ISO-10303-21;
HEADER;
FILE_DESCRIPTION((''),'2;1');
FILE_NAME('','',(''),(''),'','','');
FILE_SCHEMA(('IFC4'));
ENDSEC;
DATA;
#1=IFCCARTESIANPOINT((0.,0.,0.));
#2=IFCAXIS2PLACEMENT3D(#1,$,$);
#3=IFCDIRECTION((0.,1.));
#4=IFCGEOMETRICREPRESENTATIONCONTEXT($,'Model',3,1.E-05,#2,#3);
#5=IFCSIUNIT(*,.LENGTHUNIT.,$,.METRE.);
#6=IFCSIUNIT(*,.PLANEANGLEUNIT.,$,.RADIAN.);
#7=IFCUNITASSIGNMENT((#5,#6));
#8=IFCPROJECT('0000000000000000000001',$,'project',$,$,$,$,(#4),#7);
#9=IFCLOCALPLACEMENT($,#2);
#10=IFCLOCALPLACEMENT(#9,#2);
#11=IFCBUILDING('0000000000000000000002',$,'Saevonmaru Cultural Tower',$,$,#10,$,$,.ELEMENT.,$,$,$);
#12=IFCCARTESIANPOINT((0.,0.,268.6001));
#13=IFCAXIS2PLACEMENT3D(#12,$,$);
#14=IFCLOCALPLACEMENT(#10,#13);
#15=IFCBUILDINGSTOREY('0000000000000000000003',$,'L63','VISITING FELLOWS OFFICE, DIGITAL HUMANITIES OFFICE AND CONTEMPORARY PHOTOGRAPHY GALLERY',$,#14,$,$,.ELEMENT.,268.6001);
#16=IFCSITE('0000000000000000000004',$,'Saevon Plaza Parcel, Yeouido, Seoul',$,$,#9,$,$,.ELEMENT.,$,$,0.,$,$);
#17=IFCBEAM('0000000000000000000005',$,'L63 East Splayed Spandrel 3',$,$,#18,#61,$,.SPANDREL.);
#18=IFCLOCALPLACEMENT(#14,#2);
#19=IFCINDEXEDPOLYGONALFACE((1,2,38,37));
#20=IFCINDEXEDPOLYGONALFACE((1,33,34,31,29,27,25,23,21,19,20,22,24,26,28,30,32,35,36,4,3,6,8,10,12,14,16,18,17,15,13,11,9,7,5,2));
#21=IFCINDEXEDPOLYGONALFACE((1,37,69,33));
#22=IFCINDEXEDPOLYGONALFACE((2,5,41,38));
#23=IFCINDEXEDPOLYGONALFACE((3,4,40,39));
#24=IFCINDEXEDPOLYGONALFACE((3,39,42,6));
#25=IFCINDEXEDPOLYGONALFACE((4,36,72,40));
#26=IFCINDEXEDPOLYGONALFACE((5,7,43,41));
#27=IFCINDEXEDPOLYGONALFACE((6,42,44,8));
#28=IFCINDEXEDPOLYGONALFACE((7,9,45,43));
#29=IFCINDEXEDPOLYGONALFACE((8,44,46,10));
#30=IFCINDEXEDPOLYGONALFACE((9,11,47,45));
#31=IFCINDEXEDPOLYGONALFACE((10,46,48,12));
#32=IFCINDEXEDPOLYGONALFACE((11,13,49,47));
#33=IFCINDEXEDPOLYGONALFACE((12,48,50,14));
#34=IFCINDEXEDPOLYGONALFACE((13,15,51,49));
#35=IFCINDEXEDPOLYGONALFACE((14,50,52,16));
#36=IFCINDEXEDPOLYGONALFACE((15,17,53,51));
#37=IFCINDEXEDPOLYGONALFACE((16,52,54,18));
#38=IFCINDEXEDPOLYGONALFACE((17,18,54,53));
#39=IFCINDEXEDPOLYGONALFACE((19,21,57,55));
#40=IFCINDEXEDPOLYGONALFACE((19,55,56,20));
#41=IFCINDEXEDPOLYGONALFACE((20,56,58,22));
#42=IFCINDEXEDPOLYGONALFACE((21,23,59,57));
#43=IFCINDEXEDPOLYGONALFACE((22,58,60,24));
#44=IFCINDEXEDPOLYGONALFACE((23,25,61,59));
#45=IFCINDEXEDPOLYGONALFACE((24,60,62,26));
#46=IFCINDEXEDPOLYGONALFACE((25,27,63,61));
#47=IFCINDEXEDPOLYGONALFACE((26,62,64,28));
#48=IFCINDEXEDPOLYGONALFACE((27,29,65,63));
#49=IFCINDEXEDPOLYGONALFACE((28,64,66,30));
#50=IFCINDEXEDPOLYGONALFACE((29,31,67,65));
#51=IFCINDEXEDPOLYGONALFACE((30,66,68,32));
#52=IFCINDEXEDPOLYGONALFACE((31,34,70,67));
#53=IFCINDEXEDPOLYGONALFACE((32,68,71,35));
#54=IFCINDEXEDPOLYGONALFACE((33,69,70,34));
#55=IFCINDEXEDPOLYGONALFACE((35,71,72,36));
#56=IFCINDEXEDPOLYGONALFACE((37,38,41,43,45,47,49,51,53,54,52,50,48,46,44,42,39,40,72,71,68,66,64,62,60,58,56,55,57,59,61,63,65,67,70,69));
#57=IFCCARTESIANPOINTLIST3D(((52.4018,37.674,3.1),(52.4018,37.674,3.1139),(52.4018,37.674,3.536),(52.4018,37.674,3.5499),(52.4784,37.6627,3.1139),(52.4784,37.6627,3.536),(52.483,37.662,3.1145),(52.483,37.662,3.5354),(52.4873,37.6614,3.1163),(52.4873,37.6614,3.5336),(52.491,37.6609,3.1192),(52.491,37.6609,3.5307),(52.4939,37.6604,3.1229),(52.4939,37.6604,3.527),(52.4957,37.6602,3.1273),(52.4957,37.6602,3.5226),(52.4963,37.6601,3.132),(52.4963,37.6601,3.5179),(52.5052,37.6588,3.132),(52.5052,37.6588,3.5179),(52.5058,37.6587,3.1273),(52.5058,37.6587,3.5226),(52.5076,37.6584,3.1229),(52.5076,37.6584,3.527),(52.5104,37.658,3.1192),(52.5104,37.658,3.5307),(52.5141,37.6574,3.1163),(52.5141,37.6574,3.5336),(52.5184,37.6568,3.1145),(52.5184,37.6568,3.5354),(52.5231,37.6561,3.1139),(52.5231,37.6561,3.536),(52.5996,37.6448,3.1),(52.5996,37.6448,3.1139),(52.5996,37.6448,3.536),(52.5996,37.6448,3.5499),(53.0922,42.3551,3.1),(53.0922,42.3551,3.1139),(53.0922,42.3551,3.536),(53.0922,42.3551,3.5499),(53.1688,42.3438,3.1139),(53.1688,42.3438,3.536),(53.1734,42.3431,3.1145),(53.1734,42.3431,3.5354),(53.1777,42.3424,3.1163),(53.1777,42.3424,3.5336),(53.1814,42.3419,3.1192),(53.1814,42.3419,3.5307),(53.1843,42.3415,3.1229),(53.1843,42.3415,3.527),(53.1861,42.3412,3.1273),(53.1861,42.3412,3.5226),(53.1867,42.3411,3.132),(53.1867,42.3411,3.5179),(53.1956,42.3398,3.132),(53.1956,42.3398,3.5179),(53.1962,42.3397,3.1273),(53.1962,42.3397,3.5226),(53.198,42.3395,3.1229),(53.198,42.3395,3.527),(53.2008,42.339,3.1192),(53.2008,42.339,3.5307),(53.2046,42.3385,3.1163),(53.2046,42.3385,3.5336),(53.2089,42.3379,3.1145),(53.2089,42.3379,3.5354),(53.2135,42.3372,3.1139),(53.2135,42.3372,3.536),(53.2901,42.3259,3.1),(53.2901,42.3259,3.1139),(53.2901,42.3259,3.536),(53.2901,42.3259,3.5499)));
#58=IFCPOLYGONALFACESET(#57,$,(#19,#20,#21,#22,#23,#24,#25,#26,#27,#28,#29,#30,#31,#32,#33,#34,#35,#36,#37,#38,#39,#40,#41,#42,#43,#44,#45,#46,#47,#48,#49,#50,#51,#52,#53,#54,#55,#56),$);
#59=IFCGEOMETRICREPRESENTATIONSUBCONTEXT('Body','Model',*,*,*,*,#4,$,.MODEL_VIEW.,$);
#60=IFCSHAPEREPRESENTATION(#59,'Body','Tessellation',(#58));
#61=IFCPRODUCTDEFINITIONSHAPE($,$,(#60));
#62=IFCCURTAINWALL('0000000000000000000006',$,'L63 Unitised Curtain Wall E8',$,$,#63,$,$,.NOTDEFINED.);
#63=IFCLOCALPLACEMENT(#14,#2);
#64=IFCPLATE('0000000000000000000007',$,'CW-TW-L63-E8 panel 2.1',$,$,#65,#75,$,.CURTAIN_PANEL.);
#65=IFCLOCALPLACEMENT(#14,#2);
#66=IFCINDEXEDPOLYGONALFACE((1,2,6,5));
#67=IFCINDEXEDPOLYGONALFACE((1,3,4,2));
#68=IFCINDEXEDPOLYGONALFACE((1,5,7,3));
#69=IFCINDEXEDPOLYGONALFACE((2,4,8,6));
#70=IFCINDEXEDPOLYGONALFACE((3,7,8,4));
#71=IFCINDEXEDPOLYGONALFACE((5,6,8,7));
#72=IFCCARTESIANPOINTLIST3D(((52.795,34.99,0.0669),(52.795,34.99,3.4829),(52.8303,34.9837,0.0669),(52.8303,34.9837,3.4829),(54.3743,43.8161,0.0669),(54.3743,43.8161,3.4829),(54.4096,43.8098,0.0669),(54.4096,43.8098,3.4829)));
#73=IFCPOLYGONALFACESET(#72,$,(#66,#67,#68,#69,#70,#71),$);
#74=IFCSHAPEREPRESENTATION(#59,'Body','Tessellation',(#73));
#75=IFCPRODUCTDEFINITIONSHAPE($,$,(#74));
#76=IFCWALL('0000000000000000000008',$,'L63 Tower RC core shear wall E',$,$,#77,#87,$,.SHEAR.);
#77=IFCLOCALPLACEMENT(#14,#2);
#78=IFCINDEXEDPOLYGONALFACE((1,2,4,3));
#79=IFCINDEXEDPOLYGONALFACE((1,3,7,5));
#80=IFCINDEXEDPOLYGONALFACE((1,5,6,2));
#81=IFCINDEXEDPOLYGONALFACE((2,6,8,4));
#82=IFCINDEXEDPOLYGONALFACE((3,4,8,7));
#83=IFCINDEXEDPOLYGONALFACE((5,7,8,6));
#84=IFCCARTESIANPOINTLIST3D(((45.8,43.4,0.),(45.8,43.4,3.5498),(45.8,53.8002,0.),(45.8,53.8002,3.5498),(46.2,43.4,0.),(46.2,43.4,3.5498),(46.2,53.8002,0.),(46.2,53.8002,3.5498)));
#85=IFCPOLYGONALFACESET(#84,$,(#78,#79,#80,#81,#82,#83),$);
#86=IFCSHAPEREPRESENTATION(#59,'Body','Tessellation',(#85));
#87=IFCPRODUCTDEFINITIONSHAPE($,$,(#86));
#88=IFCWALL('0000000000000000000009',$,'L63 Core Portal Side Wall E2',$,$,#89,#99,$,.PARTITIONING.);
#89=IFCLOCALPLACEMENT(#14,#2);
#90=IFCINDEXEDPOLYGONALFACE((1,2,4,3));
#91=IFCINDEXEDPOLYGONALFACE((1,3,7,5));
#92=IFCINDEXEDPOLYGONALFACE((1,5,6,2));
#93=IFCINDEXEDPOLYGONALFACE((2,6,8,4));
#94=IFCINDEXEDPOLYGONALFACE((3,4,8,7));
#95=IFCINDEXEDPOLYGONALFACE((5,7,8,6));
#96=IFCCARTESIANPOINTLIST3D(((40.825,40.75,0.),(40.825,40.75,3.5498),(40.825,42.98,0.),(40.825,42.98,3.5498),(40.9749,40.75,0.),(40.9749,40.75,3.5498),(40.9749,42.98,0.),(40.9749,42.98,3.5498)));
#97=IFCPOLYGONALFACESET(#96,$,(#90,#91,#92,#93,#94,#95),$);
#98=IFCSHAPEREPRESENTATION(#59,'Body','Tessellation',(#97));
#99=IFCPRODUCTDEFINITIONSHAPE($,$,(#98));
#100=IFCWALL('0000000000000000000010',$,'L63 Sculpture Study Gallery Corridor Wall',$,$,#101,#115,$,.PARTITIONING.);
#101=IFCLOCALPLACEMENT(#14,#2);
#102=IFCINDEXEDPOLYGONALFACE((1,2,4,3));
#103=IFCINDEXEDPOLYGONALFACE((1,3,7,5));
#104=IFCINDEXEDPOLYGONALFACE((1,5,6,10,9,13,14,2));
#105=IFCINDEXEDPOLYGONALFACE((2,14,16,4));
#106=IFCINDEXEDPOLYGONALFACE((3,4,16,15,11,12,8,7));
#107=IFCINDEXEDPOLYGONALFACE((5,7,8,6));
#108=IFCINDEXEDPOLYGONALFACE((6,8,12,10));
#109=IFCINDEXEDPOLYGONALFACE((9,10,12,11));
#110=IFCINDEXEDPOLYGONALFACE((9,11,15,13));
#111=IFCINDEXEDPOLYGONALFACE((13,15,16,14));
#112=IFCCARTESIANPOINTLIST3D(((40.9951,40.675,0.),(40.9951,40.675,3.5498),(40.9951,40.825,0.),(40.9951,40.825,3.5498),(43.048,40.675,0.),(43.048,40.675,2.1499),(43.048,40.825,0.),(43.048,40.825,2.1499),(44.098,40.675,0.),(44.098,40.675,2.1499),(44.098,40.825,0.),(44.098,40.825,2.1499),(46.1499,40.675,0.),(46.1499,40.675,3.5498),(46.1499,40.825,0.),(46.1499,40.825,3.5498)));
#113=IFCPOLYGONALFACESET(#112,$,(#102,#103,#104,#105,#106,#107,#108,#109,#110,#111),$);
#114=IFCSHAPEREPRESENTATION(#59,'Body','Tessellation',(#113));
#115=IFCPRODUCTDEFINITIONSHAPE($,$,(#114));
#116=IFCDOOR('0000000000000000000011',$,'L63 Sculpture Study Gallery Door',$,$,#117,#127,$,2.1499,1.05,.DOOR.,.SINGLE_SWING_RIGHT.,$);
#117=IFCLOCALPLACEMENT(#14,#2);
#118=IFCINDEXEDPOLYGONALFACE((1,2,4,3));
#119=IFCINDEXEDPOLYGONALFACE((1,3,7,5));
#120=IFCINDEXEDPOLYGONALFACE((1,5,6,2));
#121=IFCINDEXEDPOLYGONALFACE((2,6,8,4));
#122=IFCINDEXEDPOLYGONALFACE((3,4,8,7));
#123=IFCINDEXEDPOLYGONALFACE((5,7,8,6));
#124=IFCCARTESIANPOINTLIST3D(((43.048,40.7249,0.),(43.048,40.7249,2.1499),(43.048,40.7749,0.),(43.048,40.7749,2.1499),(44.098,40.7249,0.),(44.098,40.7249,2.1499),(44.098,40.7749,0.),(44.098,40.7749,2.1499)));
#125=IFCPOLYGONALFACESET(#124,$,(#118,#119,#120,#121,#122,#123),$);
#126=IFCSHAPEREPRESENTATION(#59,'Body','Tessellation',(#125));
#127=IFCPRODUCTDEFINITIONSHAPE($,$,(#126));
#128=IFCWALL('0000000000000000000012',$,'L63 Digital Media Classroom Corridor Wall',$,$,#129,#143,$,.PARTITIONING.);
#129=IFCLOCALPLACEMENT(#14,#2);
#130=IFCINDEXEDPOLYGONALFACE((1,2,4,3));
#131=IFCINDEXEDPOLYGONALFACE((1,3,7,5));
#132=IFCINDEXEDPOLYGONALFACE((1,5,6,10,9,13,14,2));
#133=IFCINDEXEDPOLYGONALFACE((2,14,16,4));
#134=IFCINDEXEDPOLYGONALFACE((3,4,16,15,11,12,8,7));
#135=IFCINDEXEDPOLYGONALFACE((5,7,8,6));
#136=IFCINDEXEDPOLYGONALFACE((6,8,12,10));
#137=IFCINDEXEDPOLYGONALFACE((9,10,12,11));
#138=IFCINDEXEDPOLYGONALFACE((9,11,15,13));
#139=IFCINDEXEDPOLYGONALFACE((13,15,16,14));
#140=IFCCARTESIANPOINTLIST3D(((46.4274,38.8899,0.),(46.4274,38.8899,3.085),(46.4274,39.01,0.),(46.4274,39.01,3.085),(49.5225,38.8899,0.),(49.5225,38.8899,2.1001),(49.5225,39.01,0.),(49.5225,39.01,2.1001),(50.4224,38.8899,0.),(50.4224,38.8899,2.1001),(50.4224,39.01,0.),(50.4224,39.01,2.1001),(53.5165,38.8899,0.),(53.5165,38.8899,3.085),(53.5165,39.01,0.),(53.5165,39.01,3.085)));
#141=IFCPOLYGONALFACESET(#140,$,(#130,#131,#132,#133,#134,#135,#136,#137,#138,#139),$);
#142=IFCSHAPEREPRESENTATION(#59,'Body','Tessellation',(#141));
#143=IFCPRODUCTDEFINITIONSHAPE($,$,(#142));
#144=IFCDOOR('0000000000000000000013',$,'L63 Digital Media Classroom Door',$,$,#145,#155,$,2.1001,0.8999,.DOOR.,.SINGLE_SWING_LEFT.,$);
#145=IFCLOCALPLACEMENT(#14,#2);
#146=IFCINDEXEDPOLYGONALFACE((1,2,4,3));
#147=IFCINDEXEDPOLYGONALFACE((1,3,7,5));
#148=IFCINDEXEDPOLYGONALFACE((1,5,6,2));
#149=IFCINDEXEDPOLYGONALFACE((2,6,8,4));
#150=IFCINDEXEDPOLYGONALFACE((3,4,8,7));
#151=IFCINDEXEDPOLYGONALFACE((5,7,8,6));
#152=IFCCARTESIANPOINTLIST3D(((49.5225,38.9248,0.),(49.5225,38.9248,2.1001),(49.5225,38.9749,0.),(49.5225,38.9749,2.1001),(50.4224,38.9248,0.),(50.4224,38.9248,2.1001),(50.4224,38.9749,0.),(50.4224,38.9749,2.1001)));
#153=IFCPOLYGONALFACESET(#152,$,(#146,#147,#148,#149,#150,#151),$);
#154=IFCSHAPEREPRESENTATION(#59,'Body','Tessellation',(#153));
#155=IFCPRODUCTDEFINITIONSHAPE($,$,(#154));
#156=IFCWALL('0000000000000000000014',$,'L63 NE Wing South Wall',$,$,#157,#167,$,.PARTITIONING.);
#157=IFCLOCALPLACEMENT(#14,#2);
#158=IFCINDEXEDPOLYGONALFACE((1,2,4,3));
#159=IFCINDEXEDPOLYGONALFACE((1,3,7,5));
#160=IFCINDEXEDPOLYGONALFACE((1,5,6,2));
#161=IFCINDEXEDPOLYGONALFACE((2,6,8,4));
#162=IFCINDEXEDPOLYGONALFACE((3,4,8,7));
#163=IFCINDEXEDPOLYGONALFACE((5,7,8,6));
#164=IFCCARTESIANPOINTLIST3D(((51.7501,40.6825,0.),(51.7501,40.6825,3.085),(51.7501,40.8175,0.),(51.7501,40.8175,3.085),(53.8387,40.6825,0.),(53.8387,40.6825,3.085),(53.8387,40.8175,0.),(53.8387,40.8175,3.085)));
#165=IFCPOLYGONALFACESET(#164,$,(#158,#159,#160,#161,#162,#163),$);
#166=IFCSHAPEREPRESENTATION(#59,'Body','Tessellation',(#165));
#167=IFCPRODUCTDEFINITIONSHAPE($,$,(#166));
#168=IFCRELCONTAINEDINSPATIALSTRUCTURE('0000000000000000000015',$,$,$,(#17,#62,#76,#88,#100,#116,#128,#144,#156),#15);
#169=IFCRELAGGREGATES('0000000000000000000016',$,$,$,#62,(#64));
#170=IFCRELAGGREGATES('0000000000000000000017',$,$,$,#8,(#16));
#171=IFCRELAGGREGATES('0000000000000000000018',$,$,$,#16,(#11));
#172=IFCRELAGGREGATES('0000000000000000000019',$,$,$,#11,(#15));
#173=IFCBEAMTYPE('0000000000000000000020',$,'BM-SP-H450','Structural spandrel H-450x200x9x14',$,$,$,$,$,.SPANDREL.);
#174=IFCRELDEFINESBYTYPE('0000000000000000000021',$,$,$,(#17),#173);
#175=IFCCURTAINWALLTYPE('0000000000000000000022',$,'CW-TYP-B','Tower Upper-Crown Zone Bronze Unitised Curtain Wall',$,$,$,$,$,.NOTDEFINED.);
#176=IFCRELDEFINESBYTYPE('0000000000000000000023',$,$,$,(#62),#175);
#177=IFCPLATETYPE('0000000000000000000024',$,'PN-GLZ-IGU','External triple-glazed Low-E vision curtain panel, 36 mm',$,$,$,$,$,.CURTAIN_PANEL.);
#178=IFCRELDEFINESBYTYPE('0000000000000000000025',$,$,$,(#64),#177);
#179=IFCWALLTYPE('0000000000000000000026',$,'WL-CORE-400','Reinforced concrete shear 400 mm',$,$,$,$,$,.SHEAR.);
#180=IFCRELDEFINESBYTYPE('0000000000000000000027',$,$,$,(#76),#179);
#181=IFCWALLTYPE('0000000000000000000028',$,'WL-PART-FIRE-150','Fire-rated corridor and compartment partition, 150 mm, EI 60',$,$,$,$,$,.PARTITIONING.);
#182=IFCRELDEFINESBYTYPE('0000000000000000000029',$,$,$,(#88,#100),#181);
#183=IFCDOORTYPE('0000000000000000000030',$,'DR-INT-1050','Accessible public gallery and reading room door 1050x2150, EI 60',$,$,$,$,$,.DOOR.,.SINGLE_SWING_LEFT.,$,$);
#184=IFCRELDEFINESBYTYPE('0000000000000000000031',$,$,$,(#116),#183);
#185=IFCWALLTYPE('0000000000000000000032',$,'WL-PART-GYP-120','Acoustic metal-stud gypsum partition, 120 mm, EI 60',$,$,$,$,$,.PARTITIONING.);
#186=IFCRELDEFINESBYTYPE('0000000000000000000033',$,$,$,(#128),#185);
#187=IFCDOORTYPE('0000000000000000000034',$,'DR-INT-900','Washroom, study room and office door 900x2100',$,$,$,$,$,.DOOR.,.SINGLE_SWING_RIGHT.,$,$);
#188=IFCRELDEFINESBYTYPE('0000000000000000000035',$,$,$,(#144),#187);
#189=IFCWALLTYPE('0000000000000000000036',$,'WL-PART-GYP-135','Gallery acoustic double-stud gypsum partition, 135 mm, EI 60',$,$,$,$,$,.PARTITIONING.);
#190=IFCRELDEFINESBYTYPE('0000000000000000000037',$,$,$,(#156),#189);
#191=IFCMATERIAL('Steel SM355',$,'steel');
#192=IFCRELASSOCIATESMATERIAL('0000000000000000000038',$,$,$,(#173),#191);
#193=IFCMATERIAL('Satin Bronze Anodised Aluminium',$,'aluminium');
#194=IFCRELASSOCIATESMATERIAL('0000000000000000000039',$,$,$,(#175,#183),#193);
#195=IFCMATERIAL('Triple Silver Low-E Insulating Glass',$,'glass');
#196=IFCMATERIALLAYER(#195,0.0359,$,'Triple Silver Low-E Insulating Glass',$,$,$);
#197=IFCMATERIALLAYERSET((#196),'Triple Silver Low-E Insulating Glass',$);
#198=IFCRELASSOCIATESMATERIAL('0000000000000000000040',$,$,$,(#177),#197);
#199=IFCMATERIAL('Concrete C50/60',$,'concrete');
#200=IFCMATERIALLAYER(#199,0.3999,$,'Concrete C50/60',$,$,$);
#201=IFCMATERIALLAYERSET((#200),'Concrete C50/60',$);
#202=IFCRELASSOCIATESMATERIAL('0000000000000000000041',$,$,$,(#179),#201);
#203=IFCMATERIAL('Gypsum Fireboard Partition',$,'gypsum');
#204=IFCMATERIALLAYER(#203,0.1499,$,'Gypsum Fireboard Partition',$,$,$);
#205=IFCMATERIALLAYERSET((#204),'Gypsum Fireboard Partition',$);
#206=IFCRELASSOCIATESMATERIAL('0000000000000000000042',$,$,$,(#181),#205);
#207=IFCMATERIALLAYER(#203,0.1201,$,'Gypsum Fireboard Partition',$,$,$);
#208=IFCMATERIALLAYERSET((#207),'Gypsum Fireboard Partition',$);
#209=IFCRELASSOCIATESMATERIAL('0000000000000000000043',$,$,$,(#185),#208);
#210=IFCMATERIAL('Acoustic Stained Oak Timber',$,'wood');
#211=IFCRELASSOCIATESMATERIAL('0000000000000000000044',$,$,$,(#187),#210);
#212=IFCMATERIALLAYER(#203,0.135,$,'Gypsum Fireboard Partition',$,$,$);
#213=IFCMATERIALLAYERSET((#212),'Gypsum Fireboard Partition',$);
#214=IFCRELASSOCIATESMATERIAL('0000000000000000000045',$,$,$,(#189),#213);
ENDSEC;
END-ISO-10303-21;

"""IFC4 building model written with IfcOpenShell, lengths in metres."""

from ifc_helpers import new_model, si_unit, direction, frame, frame_2d, origin, origin_2d, place, context, subcontext, project, spatial, rectangle, i_section, extrude, material, layer, layer_set, material_profile, profile_set, type_object, element, fill, aggregate, save


model = new_model("IFC4")

# Units and contexts
model_context = context("Model", 3, precision=1e-05, world=origin(), true_north=direction((0.0, 1.0)))
body_context = subcontext(model_context, "Body", "Model", "MODEL_VIEW")
ifc_project = project(units=[si_unit("LENGTHUNIT", "METRE"), si_unit("PLANEANGLEUNIT", "RADIAN")], contexts=[model_context])

# Site, building, storey
site_placement = place(None, origin())
site = spatial("IfcSite", under=ifc_project, at=site_placement, Name="Saevon Plaza Parcel, Yeouido, Seoul", CompositionType="ELEMENT", RefElevation=0.0)
building_placement = place(site_placement, origin())
building = spatial("IfcBuilding", under=site, at=building_placement, Name="Saevonmaru Cultural Tower", CompositionType="ELEMENT")
storey_placement = place(building_placement, frame((0.0, 0.0, 268.6001)))
storey = spatial("IfcBuildingStorey", under=building, at=storey_placement, Name="L63", Description="VISITING FELLOWS OFFICE, DIGITAL HUMANITIES OFFICE AND CONTEMPORARY PHOTOGRAPHY GALLERY", CompositionType="ELEMENT", Elevation=268.6001)

# Shared definitions
ifc_material_1 = material(Name="Steel SM355", Category="steel")

# Beam
ifc_material_profile_1 = material_profile(ifc_material_1, i_section(OverallWidth=0.2, OverallDepth=0.45, WebThickness=0.009, FlangeThickness=0.0139, FilletRadius=0.0181, at=origin_2d()), Name="H-450x200x9x14")
ifc_profile_set_1 = profile_set([ifc_material_profile_1], Name="Steel SM355")
beam_type_1 = type_object("IfcBeamType", Name="BM-SP-H450", Description="Structural spandrel H-450x200x9x14", PredefinedType="SPANDREL", material=ifc_profile_set_1)
beam_1_placement = place(storey_placement, frame((52.5007, 37.6594, 3.325), z_axis=(0.145913, 0.989297, 0.0), x_axis=(-0.989297, 0.145913, 0.0)))
element("IfcBeam", 1, at=beam_1_placement, inside=storey, type_object=beam_type_1, Name="L63 East Splayed Spandrel 3", PredefinedType="SPANDREL", context=body_context, shape_type="SweptSolid", body=[
    extrude(i_section(OverallWidth=0.2, OverallDepth=0.45, WebThickness=0.009, FlangeThickness=0.0139, FilletRadius=0.0181, at=origin_2d()), origin(), (0.0, 0.0, 1.0), 4.7317),
])

# Curtain wall, plate
ifc_material_2 = material(Name="Satin Bronze Anodised Aluminium", Category="aluminium")
curtain_wall_type = type_object("IfcCurtainWallType", Name="CW-TYP-B", Description="Tower Upper-Crown Zone Bronze Unitised Curtain Wall", PredefinedType="NOTDEFINED", material=ifc_material_2)
curtain_wall_placement = place(storey_placement, origin())
curtain_wall = element("IfcCurtainWall", 2, at=curtain_wall_placement, inside=storey, type_object=curtain_wall_type, Name="L63 Unitised Curtain Wall E8", PredefinedType="NOTDEFINED")
ifc_material_3 = material(Name="Triple Silver Low-E Insulating Glass", Category="glass")
ifc_layer_1 = layer(ifc_material_3, 0.0359, Name="Triple Silver Low-E Insulating Glass")
ifc_layer_set_1 = layer_set([ifc_layer_1], Name="Triple Silver Low-E Insulating Glass")
plate_type = type_object("IfcPlateType", Name="PN-GLZ-IGU", Description="External triple-glazed Low-E vision curtain panel, 36 mm", PredefinedType="CURTAIN_PANEL", material=ifc_layer_set_1)
plate_placement = place(storey_placement, frame((53.6023, 39.3999, 0.0669), z_axis=(0.0, 0.0, 1.0), x_axis=(0.176141, 0.984365, 0.0)))
plate = element("IfcPlate", 3, at=plate_placement, type_object=plate_type, Name="CW-TW-L63-E8 panel 2.1", PredefinedType="CURTAIN_PANEL", context=body_context, shape_type="SweptSolid", body=[
    extrude(rectangle(XDim=8.9663, YDim=0.0359, at=origin_2d()), origin(), (0.0, 0.0, 1.0), 3.416),
])
aggregate(curtain_wall, [plate])

# Wall
ifc_material_4 = material(Name="Concrete C50/60", Category="concrete")
ifc_layer_2 = layer(ifc_material_4, 0.3999, Name="Concrete C50/60")
ifc_layer_set_2 = layer_set([ifc_layer_2], Name="Concrete C50/60")
wall_type_1 = type_object("IfcWallType", Name="WL-CORE-400", Description="Reinforced concrete shear 400 mm", PredefinedType="SHEAR", material=ifc_layer_set_2)
wall_1_placement = place(storey_placement, frame((46.0, 43.3999, 0.0), z_axis=(0.0, 0.0, 1.0), x_axis=(0.0, 1.0, 0.0)))
element("IfcWall", 4, at=wall_1_placement, inside=storey, type_object=wall_type_1, Name="L63 Tower RC core shear wall E", PredefinedType="SHEAR", context=body_context, shape_type="SweptSolid", body=[
    extrude(rectangle(XDim=10.4001, YDim=0.3999, at=frame_2d((5.2002, 0.0))), origin(), (0.0, 0.0, 1.0), 3.5498),
])

# Shared definitions
ifc_material_5 = material(Name="Gypsum Fireboard Partition", Category="gypsum")
ifc_layer_3 = layer(ifc_material_5, 0.1499, Name="Gypsum Fireboard Partition")
ifc_layer_set_3 = layer_set([ifc_layer_3], Name="Gypsum Fireboard Partition")
wall_type_2 = type_object("IfcWallType", Name="WL-PART-FIRE-150", Description="Fire-rated corridor and compartment partition, 150 mm, EI 60", PredefinedType="PARTITIONING", material=ifc_layer_set_3)
door_type_1 = type_object("IfcDoorType", Name="DR-INT-1050", Description="Accessible public gallery and reading room door 1050x2150, EI 60", OperationType="SINGLE_SWING_LEFT", PredefinedType="DOOR", material=ifc_material_2)

# Wall
wall_2_placement = place(storey_placement, frame((40.8999, 40.75, 0.0), z_axis=(0.0, 0.0, 1.0), x_axis=(0.0, 1.0, 0.0)))
element("IfcWall", 5, at=wall_2_placement, inside=storey, type_object=wall_type_2, Name="L63 Core Portal Side Wall E2", PredefinedType="PARTITIONING", context=body_context, shape_type="SweptSolid", body=[
    extrude(rectangle(XDim=2.23, YDim=0.1499, at=frame_2d((1.115, 0.0))), origin(), (0.0, 0.0, 1.0), 3.5498),
])

# Walls, openings, doors
wall_3_placement = place(storey_placement, frame((40.9951, 40.75, 0.0), z_axis=(0.0, 0.0, 1.0), x_axis=(1.0, 0.0, 0.0)))
wall_3 = element("IfcWall", 6, at=wall_3_placement, inside=storey, type_object=wall_type_2, Name="L63 Sculpture Study Gallery Corridor Wall", PredefinedType="PARTITIONING", context=body_context, shape_type="SweptSolid", body=[
    extrude(rectangle(XDim=5.1548, YDim=0.1499, at=frame_2d((2.5774, 0.0))), origin(), (0.0, 0.0, 1.0), 3.5498),
])
opening_1_placement = place(wall_3_placement, frame((2.053, 0.0, 0.0)))
opening_1 = element("IfcOpeningElement", 7, at=opening_1_placement, cuts=wall_3, PredefinedType="OPENING", context=body_context, shape_type="SweptSolid", body=[
    extrude(rectangle(XDim=1.05, YDim=2.1499, at=frame_2d((0.5249, 1.075))), frame((0.0, 0.085, 0.0), z_axis=(0.0, -1.0, 0.0), x_axis=(1.0, 0.0, 0.0)), (0.0, 0.0, 1.0), 0.1699),
])
door_1_placement = place(opening_1_placement, origin())
door_1 = element("IfcDoor", 8, at=door_1_placement, inside=storey, type_object=door_type_1, Name="L63 Sculpture Study Gallery Door", OperationType="SINGLE_SWING_RIGHT", OverallHeight=2.1499, OverallWidth=1.05, PredefinedType="DOOR", context=body_context, shape_type="SweptSolid", body=[
    extrude(rectangle(XDim=1.05, YDim=2.1499, at=frame_2d((0.5249, 1.075))), frame((0.0, 0.0249, 0.0), z_axis=(0.0, -1.0, 0.0), x_axis=(1.0, 0.0, 0.0)), (0.0, 0.0, 1.0), 0.05),
])
fill(opening_1, door_1)
ifc_layer_4 = layer(ifc_material_5, 0.1201, Name="Gypsum Fireboard Partition")
ifc_layer_set_4 = layer_set([ifc_layer_4], Name="Gypsum Fireboard Partition")
wall_type_3 = type_object("IfcWallType", Name="WL-PART-GYP-120", Description="Acoustic metal-stud gypsum partition, 120 mm, EI 60", PredefinedType="PARTITIONING", material=ifc_layer_set_4)
wall_4_placement = place(storey_placement, frame((46.4275, 38.95, 0.0), z_axis=(0.0, 0.0, 1.0), x_axis=(1.0, 0.0, 0.0)))
wall_4 = element("IfcWall", 9, at=wall_4_placement, inside=storey, type_object=wall_type_3, Name="L63 Digital Media Classroom Corridor Wall", PredefinedType="PARTITIONING", context=body_context, shape_type="SweptSolid", body=[
    extrude(rectangle(XDim=7.0891, YDim=0.1201, at=frame_2d((3.5444, 0.0))), origin(), (0.0, 0.0, 1.0), 3.085),
])
opening_2_placement = place(wall_4_placement, frame((3.095, 0.0, 0.0)))
opening_2 = element("IfcOpeningElement", 10, at=opening_2_placement, cuts=wall_4, PredefinedType="OPENING", context=body_context, shape_type="SweptSolid", body=[
    extrude(rectangle(XDim=0.8999, YDim=2.1001, at=frame_2d((0.45, 1.05))), frame((0.0, 0.0701, 0.0), z_axis=(0.0, -1.0, 0.0), x_axis=(1.0, 0.0, 0.0)), (0.0, 0.0, 1.0), 0.1401),
])
ifc_material_6 = material(Name="Acoustic Stained Oak Timber", Category="wood")
door_type_2 = type_object("IfcDoorType", Name="DR-INT-900", Description="Washroom, study room and office door 900x2100", OperationType="SINGLE_SWING_RIGHT", PredefinedType="DOOR", material=ifc_material_6)
door_2_placement = place(opening_2_placement, origin())
door_2 = element("IfcDoor", 11, at=door_2_placement, inside=storey, type_object=door_type_2, Name="L63 Digital Media Classroom Door", OperationType="SINGLE_SWING_LEFT", OverallHeight=2.1001, OverallWidth=0.8999, PredefinedType="DOOR", context=body_context, shape_type="SweptSolid", body=[
    extrude(rectangle(XDim=0.8999, YDim=2.1001, at=frame_2d((0.45, 1.05))), frame((0.0, 0.0249, 0.0), z_axis=(0.0, -1.0, 0.0), x_axis=(1.0, 0.0, 0.0)), (0.0, 0.0, 1.0), 0.05),
])
fill(opening_2, door_2)

# Wall
ifc_layer_5 = layer(ifc_material_5, 0.135, Name="Gypsum Fireboard Partition")
ifc_layer_set_5 = layer_set([ifc_layer_5], Name="Gypsum Fireboard Partition")
wall_type_4 = type_object("IfcWallType", Name="WL-PART-GYP-135", Description="Gallery acoustic double-stud gypsum partition, 135 mm, EI 60", PredefinedType="PARTITIONING", material=ifc_layer_set_5)
wall_5_placement = place(storey_placement, frame((51.75, 40.75, 0.0), z_axis=(0.0, 0.0, 1.0), x_axis=(1.0, 0.0, 0.0)))
element("IfcWall", 12, at=wall_5_placement, inside=storey, type_object=wall_type_4, Name="L63 NE Wing South Wall", PredefinedType="PARTITIONING", context=body_context, shape_type="SweptSolid", body=[
    extrude(rectangle(XDim=2.0886, YDim=0.135, at=frame_2d((1.0444, 0.0))), origin(), (0.0, 0.0, 1.0), 3.085),
])

save(model, "model.ifc")
